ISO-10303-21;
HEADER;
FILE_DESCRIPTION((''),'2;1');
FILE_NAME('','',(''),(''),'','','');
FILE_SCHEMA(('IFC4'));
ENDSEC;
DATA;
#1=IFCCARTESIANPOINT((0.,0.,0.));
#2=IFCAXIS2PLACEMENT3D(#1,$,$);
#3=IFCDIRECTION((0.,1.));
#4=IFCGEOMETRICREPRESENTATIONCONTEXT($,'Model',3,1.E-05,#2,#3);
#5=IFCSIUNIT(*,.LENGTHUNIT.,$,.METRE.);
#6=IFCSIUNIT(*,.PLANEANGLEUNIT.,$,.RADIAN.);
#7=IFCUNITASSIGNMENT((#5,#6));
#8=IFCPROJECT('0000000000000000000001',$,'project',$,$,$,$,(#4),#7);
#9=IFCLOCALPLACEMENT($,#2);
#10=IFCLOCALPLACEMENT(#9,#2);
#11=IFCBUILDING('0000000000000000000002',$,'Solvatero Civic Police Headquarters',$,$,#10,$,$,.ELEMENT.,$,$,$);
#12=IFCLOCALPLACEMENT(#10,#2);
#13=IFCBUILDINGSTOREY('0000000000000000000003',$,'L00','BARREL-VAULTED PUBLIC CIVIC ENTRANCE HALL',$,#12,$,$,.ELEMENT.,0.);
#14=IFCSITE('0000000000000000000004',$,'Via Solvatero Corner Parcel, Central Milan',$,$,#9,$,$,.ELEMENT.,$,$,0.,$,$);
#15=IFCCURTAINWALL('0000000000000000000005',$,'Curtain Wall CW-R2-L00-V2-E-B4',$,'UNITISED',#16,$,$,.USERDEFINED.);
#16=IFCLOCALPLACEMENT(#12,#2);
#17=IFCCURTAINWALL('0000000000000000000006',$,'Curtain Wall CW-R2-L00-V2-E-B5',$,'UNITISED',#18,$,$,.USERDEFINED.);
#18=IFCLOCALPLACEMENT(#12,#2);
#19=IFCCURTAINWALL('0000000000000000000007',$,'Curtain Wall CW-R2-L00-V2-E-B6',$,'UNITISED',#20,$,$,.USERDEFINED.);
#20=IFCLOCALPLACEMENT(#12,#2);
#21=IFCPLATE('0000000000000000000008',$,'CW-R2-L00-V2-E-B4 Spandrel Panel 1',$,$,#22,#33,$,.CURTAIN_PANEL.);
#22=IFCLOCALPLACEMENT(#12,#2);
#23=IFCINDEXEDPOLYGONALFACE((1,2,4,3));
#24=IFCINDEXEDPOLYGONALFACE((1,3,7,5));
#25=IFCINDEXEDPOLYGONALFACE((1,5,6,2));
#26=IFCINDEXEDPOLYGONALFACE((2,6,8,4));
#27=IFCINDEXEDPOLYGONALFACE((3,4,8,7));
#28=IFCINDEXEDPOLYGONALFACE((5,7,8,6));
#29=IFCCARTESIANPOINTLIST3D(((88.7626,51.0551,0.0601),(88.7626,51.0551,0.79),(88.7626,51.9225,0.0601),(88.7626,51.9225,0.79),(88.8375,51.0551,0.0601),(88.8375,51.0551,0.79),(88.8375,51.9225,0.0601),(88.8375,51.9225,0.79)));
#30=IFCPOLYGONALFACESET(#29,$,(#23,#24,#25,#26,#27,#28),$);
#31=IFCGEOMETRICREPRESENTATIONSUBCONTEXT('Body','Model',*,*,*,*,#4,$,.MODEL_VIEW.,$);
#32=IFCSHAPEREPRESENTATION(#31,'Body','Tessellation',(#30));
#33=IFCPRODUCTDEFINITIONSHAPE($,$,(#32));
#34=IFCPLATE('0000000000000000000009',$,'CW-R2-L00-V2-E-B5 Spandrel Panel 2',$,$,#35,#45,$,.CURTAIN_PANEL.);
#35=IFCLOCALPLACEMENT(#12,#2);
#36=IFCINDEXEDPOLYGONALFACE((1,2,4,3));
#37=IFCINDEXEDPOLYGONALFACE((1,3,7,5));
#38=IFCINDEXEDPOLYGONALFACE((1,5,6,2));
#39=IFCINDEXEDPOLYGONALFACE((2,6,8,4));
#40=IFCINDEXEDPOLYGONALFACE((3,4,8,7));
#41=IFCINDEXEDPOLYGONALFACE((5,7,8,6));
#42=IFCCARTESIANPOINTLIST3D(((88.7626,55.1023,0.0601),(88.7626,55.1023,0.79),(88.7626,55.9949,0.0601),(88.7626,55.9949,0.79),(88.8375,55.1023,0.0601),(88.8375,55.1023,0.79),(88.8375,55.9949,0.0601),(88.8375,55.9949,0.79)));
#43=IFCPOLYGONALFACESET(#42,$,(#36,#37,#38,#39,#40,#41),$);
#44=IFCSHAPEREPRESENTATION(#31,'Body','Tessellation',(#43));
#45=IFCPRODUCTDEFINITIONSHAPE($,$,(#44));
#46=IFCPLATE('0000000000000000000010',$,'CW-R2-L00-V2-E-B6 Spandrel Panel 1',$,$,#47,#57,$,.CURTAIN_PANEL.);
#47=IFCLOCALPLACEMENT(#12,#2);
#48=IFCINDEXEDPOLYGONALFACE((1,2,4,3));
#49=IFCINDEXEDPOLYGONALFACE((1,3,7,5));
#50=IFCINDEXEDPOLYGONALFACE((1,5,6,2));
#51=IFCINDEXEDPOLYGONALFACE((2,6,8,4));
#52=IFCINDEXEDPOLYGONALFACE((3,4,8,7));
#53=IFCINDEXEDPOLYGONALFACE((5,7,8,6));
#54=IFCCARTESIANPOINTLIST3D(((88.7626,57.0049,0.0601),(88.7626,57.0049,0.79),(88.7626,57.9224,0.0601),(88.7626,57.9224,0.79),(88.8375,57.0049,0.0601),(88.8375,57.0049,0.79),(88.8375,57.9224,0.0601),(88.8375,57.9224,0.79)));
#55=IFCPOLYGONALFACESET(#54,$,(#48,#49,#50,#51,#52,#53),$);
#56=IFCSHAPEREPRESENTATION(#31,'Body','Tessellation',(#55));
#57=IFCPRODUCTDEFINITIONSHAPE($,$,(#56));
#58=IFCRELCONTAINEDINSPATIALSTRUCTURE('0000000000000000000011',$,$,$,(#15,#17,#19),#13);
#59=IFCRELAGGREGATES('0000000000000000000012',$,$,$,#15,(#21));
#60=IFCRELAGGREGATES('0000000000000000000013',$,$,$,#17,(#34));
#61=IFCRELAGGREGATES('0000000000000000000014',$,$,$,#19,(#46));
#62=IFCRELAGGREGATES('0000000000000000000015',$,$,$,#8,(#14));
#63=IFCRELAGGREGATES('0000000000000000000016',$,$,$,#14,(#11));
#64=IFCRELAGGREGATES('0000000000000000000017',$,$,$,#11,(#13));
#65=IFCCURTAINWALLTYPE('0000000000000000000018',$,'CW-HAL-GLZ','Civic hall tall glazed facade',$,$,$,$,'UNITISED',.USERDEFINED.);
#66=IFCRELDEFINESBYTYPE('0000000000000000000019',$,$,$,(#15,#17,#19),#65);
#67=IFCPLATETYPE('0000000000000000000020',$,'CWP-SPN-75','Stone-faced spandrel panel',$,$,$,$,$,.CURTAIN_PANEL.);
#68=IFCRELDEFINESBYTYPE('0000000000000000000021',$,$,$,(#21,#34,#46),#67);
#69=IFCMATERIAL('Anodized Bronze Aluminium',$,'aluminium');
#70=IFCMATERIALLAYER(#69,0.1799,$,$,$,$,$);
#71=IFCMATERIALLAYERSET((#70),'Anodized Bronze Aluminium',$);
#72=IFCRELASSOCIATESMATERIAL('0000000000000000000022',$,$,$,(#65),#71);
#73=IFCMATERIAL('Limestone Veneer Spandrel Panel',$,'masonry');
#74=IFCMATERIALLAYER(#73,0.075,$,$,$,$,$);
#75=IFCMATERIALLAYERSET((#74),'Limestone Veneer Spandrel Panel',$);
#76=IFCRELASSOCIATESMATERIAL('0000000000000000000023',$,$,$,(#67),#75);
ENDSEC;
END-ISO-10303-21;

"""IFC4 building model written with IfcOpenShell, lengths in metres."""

from ifc_helpers import new_model, si_unit, direction, frame, origin, origin_2d, place, context, subcontext, project, spatial, rectangle, extrude, material, layer, layer_set, type_object, element, aggregate, save


model = new_model("IFC4")

# Units and contexts
model_context = context("Model", 3, precision=1e-05, world=origin(), true_north=direction((0.0, 1.0)))
body_context = subcontext(model_context, "Body", "Model", "MODEL_VIEW")
ifc_project = project(units=[si_unit("LENGTHUNIT", "METRE"), si_unit("PLANEANGLEUNIT", "RADIAN")], contexts=[model_context])

# Site, building, storey
site_placement = place(None, origin())
site = spatial("IfcSite", under=ifc_project, at=site_placement, Name="Via Solvatero Corner Parcel, Central Milan", CompositionType="ELEMENT", RefElevation=0.0)
building_placement = place(site_placement, origin())
building = spatial("IfcBuilding", under=site, at=building_placement, Name="Solvatero Civic Police Headquarters", CompositionType="ELEMENT")
storey_placement = place(building_placement, origin())
storey = spatial("IfcBuildingStorey", under=building, at=storey_placement, Name="L00", Description="BARREL-VAULTED PUBLIC CIVIC ENTRANCE HALL", CompositionType="ELEMENT", Elevation=0.0)

# Curtain walls
ifc_material_1 = material(Name="Anodized Bronze Aluminium", Category="aluminium")
ifc_layer_1 = layer(ifc_material_1, 0.1799)
ifc_layer_set_1 = layer_set([ifc_layer_1], Name="Anodized Bronze Aluminium")
curtain_wall_type = type_object("IfcCurtainWallType", Name="CW-HAL-GLZ", Description="Civic hall tall glazed facade", ElementType="UNITISED", PredefinedType="USERDEFINED", material=ifc_layer_set_1)
curtain_wall_1_placement = place(storey_placement, origin())
curtain_wall_1 = element("IfcCurtainWall", 1, at=curtain_wall_1_placement, inside=storey, type_object=curtain_wall_type, Name="Curtain Wall CW-R2-L00-V2-E-B4", ObjectType="UNITISED", PredefinedType="USERDEFINED")
curtain_wall_2_placement = place(storey_placement, origin())
curtain_wall_2 = element("IfcCurtainWall", 2, at=curtain_wall_2_placement, inside=storey, type_object=curtain_wall_type, Name="Curtain Wall CW-R2-L00-V2-E-B5", ObjectType="UNITISED", PredefinedType="USERDEFINED")
curtain_wall_3_placement = place(storey_placement, origin())
curtain_wall_3 = element("IfcCurtainWall", 3, at=curtain_wall_3_placement, inside=storey, type_object=curtain_wall_type, Name="Curtain Wall CW-R2-L00-V2-E-B6", ObjectType="UNITISED", PredefinedType="USERDEFINED")

# Plates
ifc_material_2 = material(Name="Limestone Veneer Spandrel Panel", Category="masonry")
ifc_layer_2 = layer(ifc_material_2, 0.075)
ifc_layer_set_2 = layer_set([ifc_layer_2], Name="Limestone Veneer Spandrel Panel")
plate_type_1 = type_object("IfcPlateType", Name="CWP-SPN-75", Description="Stone-faced spandrel panel", PredefinedType="CURTAIN_PANEL", material=ifc_layer_set_2)
plate_1_placement = place(storey_placement, frame((88.8, 51.4888, 0.0601), z_axis=(0.0, 0.0, 1.0), x_axis=(0.0, 1.0, 0.0)))
plate_1 = element("IfcPlate", 4, at=plate_1_placement, type_object=plate_type_1, Name="CW-R2-L00-V2-E-B4 Spandrel Panel 1", PredefinedType="CURTAIN_PANEL", context=body_context, shape_type="SweptSolid", body=[
    extrude(rectangle(XDim=0.8674, YDim=0.075, at=origin_2d()), origin(), (0.0, 0.0, 1.0), 0.73),
])
aggregate(curtain_wall_1, [plate_1])
plate_2_placement = place(storey_placement, frame((88.8, 55.5486, 0.0601), z_axis=(0.0, 0.0, 1.0), x_axis=(0.0, 1.0, 0.0)))
plate_2 = element("IfcPlate", 5, at=plate_2_placement, type_object=plate_type_1, Name="CW-R2-L00-V2-E-B5 Spandrel Panel 2", PredefinedType="CURTAIN_PANEL", context=body_context, shape_type="SweptSolid", body=[
    extrude(rectangle(XDim=0.8926, YDim=0.075, at=origin_2d()), origin(), (0.0, 0.0, 1.0), 0.73),
])
aggregate(curtain_wall_2, [plate_2])
plate_3_placement = place(storey_placement, frame((88.8, 57.4636, 0.0601), z_axis=(0.0, 0.0, 1.0), x_axis=(0.0, 1.0, 0.0)))
plate_3 = element("IfcPlate", 6, at=plate_3_placement, type_object=plate_type_1, Name="CW-R2-L00-V2-E-B6 Spandrel Panel 1", PredefinedType="CURTAIN_PANEL", context=body_context, shape_type="SweptSolid", body=[
    extrude(rectangle(XDim=0.9175, YDim=0.075, at=origin_2d()), origin(), (0.0, 0.0, 1.0), 0.73),
])
aggregate(curtain_wall_3, [plate_3])

save(model, "model.ifc")
